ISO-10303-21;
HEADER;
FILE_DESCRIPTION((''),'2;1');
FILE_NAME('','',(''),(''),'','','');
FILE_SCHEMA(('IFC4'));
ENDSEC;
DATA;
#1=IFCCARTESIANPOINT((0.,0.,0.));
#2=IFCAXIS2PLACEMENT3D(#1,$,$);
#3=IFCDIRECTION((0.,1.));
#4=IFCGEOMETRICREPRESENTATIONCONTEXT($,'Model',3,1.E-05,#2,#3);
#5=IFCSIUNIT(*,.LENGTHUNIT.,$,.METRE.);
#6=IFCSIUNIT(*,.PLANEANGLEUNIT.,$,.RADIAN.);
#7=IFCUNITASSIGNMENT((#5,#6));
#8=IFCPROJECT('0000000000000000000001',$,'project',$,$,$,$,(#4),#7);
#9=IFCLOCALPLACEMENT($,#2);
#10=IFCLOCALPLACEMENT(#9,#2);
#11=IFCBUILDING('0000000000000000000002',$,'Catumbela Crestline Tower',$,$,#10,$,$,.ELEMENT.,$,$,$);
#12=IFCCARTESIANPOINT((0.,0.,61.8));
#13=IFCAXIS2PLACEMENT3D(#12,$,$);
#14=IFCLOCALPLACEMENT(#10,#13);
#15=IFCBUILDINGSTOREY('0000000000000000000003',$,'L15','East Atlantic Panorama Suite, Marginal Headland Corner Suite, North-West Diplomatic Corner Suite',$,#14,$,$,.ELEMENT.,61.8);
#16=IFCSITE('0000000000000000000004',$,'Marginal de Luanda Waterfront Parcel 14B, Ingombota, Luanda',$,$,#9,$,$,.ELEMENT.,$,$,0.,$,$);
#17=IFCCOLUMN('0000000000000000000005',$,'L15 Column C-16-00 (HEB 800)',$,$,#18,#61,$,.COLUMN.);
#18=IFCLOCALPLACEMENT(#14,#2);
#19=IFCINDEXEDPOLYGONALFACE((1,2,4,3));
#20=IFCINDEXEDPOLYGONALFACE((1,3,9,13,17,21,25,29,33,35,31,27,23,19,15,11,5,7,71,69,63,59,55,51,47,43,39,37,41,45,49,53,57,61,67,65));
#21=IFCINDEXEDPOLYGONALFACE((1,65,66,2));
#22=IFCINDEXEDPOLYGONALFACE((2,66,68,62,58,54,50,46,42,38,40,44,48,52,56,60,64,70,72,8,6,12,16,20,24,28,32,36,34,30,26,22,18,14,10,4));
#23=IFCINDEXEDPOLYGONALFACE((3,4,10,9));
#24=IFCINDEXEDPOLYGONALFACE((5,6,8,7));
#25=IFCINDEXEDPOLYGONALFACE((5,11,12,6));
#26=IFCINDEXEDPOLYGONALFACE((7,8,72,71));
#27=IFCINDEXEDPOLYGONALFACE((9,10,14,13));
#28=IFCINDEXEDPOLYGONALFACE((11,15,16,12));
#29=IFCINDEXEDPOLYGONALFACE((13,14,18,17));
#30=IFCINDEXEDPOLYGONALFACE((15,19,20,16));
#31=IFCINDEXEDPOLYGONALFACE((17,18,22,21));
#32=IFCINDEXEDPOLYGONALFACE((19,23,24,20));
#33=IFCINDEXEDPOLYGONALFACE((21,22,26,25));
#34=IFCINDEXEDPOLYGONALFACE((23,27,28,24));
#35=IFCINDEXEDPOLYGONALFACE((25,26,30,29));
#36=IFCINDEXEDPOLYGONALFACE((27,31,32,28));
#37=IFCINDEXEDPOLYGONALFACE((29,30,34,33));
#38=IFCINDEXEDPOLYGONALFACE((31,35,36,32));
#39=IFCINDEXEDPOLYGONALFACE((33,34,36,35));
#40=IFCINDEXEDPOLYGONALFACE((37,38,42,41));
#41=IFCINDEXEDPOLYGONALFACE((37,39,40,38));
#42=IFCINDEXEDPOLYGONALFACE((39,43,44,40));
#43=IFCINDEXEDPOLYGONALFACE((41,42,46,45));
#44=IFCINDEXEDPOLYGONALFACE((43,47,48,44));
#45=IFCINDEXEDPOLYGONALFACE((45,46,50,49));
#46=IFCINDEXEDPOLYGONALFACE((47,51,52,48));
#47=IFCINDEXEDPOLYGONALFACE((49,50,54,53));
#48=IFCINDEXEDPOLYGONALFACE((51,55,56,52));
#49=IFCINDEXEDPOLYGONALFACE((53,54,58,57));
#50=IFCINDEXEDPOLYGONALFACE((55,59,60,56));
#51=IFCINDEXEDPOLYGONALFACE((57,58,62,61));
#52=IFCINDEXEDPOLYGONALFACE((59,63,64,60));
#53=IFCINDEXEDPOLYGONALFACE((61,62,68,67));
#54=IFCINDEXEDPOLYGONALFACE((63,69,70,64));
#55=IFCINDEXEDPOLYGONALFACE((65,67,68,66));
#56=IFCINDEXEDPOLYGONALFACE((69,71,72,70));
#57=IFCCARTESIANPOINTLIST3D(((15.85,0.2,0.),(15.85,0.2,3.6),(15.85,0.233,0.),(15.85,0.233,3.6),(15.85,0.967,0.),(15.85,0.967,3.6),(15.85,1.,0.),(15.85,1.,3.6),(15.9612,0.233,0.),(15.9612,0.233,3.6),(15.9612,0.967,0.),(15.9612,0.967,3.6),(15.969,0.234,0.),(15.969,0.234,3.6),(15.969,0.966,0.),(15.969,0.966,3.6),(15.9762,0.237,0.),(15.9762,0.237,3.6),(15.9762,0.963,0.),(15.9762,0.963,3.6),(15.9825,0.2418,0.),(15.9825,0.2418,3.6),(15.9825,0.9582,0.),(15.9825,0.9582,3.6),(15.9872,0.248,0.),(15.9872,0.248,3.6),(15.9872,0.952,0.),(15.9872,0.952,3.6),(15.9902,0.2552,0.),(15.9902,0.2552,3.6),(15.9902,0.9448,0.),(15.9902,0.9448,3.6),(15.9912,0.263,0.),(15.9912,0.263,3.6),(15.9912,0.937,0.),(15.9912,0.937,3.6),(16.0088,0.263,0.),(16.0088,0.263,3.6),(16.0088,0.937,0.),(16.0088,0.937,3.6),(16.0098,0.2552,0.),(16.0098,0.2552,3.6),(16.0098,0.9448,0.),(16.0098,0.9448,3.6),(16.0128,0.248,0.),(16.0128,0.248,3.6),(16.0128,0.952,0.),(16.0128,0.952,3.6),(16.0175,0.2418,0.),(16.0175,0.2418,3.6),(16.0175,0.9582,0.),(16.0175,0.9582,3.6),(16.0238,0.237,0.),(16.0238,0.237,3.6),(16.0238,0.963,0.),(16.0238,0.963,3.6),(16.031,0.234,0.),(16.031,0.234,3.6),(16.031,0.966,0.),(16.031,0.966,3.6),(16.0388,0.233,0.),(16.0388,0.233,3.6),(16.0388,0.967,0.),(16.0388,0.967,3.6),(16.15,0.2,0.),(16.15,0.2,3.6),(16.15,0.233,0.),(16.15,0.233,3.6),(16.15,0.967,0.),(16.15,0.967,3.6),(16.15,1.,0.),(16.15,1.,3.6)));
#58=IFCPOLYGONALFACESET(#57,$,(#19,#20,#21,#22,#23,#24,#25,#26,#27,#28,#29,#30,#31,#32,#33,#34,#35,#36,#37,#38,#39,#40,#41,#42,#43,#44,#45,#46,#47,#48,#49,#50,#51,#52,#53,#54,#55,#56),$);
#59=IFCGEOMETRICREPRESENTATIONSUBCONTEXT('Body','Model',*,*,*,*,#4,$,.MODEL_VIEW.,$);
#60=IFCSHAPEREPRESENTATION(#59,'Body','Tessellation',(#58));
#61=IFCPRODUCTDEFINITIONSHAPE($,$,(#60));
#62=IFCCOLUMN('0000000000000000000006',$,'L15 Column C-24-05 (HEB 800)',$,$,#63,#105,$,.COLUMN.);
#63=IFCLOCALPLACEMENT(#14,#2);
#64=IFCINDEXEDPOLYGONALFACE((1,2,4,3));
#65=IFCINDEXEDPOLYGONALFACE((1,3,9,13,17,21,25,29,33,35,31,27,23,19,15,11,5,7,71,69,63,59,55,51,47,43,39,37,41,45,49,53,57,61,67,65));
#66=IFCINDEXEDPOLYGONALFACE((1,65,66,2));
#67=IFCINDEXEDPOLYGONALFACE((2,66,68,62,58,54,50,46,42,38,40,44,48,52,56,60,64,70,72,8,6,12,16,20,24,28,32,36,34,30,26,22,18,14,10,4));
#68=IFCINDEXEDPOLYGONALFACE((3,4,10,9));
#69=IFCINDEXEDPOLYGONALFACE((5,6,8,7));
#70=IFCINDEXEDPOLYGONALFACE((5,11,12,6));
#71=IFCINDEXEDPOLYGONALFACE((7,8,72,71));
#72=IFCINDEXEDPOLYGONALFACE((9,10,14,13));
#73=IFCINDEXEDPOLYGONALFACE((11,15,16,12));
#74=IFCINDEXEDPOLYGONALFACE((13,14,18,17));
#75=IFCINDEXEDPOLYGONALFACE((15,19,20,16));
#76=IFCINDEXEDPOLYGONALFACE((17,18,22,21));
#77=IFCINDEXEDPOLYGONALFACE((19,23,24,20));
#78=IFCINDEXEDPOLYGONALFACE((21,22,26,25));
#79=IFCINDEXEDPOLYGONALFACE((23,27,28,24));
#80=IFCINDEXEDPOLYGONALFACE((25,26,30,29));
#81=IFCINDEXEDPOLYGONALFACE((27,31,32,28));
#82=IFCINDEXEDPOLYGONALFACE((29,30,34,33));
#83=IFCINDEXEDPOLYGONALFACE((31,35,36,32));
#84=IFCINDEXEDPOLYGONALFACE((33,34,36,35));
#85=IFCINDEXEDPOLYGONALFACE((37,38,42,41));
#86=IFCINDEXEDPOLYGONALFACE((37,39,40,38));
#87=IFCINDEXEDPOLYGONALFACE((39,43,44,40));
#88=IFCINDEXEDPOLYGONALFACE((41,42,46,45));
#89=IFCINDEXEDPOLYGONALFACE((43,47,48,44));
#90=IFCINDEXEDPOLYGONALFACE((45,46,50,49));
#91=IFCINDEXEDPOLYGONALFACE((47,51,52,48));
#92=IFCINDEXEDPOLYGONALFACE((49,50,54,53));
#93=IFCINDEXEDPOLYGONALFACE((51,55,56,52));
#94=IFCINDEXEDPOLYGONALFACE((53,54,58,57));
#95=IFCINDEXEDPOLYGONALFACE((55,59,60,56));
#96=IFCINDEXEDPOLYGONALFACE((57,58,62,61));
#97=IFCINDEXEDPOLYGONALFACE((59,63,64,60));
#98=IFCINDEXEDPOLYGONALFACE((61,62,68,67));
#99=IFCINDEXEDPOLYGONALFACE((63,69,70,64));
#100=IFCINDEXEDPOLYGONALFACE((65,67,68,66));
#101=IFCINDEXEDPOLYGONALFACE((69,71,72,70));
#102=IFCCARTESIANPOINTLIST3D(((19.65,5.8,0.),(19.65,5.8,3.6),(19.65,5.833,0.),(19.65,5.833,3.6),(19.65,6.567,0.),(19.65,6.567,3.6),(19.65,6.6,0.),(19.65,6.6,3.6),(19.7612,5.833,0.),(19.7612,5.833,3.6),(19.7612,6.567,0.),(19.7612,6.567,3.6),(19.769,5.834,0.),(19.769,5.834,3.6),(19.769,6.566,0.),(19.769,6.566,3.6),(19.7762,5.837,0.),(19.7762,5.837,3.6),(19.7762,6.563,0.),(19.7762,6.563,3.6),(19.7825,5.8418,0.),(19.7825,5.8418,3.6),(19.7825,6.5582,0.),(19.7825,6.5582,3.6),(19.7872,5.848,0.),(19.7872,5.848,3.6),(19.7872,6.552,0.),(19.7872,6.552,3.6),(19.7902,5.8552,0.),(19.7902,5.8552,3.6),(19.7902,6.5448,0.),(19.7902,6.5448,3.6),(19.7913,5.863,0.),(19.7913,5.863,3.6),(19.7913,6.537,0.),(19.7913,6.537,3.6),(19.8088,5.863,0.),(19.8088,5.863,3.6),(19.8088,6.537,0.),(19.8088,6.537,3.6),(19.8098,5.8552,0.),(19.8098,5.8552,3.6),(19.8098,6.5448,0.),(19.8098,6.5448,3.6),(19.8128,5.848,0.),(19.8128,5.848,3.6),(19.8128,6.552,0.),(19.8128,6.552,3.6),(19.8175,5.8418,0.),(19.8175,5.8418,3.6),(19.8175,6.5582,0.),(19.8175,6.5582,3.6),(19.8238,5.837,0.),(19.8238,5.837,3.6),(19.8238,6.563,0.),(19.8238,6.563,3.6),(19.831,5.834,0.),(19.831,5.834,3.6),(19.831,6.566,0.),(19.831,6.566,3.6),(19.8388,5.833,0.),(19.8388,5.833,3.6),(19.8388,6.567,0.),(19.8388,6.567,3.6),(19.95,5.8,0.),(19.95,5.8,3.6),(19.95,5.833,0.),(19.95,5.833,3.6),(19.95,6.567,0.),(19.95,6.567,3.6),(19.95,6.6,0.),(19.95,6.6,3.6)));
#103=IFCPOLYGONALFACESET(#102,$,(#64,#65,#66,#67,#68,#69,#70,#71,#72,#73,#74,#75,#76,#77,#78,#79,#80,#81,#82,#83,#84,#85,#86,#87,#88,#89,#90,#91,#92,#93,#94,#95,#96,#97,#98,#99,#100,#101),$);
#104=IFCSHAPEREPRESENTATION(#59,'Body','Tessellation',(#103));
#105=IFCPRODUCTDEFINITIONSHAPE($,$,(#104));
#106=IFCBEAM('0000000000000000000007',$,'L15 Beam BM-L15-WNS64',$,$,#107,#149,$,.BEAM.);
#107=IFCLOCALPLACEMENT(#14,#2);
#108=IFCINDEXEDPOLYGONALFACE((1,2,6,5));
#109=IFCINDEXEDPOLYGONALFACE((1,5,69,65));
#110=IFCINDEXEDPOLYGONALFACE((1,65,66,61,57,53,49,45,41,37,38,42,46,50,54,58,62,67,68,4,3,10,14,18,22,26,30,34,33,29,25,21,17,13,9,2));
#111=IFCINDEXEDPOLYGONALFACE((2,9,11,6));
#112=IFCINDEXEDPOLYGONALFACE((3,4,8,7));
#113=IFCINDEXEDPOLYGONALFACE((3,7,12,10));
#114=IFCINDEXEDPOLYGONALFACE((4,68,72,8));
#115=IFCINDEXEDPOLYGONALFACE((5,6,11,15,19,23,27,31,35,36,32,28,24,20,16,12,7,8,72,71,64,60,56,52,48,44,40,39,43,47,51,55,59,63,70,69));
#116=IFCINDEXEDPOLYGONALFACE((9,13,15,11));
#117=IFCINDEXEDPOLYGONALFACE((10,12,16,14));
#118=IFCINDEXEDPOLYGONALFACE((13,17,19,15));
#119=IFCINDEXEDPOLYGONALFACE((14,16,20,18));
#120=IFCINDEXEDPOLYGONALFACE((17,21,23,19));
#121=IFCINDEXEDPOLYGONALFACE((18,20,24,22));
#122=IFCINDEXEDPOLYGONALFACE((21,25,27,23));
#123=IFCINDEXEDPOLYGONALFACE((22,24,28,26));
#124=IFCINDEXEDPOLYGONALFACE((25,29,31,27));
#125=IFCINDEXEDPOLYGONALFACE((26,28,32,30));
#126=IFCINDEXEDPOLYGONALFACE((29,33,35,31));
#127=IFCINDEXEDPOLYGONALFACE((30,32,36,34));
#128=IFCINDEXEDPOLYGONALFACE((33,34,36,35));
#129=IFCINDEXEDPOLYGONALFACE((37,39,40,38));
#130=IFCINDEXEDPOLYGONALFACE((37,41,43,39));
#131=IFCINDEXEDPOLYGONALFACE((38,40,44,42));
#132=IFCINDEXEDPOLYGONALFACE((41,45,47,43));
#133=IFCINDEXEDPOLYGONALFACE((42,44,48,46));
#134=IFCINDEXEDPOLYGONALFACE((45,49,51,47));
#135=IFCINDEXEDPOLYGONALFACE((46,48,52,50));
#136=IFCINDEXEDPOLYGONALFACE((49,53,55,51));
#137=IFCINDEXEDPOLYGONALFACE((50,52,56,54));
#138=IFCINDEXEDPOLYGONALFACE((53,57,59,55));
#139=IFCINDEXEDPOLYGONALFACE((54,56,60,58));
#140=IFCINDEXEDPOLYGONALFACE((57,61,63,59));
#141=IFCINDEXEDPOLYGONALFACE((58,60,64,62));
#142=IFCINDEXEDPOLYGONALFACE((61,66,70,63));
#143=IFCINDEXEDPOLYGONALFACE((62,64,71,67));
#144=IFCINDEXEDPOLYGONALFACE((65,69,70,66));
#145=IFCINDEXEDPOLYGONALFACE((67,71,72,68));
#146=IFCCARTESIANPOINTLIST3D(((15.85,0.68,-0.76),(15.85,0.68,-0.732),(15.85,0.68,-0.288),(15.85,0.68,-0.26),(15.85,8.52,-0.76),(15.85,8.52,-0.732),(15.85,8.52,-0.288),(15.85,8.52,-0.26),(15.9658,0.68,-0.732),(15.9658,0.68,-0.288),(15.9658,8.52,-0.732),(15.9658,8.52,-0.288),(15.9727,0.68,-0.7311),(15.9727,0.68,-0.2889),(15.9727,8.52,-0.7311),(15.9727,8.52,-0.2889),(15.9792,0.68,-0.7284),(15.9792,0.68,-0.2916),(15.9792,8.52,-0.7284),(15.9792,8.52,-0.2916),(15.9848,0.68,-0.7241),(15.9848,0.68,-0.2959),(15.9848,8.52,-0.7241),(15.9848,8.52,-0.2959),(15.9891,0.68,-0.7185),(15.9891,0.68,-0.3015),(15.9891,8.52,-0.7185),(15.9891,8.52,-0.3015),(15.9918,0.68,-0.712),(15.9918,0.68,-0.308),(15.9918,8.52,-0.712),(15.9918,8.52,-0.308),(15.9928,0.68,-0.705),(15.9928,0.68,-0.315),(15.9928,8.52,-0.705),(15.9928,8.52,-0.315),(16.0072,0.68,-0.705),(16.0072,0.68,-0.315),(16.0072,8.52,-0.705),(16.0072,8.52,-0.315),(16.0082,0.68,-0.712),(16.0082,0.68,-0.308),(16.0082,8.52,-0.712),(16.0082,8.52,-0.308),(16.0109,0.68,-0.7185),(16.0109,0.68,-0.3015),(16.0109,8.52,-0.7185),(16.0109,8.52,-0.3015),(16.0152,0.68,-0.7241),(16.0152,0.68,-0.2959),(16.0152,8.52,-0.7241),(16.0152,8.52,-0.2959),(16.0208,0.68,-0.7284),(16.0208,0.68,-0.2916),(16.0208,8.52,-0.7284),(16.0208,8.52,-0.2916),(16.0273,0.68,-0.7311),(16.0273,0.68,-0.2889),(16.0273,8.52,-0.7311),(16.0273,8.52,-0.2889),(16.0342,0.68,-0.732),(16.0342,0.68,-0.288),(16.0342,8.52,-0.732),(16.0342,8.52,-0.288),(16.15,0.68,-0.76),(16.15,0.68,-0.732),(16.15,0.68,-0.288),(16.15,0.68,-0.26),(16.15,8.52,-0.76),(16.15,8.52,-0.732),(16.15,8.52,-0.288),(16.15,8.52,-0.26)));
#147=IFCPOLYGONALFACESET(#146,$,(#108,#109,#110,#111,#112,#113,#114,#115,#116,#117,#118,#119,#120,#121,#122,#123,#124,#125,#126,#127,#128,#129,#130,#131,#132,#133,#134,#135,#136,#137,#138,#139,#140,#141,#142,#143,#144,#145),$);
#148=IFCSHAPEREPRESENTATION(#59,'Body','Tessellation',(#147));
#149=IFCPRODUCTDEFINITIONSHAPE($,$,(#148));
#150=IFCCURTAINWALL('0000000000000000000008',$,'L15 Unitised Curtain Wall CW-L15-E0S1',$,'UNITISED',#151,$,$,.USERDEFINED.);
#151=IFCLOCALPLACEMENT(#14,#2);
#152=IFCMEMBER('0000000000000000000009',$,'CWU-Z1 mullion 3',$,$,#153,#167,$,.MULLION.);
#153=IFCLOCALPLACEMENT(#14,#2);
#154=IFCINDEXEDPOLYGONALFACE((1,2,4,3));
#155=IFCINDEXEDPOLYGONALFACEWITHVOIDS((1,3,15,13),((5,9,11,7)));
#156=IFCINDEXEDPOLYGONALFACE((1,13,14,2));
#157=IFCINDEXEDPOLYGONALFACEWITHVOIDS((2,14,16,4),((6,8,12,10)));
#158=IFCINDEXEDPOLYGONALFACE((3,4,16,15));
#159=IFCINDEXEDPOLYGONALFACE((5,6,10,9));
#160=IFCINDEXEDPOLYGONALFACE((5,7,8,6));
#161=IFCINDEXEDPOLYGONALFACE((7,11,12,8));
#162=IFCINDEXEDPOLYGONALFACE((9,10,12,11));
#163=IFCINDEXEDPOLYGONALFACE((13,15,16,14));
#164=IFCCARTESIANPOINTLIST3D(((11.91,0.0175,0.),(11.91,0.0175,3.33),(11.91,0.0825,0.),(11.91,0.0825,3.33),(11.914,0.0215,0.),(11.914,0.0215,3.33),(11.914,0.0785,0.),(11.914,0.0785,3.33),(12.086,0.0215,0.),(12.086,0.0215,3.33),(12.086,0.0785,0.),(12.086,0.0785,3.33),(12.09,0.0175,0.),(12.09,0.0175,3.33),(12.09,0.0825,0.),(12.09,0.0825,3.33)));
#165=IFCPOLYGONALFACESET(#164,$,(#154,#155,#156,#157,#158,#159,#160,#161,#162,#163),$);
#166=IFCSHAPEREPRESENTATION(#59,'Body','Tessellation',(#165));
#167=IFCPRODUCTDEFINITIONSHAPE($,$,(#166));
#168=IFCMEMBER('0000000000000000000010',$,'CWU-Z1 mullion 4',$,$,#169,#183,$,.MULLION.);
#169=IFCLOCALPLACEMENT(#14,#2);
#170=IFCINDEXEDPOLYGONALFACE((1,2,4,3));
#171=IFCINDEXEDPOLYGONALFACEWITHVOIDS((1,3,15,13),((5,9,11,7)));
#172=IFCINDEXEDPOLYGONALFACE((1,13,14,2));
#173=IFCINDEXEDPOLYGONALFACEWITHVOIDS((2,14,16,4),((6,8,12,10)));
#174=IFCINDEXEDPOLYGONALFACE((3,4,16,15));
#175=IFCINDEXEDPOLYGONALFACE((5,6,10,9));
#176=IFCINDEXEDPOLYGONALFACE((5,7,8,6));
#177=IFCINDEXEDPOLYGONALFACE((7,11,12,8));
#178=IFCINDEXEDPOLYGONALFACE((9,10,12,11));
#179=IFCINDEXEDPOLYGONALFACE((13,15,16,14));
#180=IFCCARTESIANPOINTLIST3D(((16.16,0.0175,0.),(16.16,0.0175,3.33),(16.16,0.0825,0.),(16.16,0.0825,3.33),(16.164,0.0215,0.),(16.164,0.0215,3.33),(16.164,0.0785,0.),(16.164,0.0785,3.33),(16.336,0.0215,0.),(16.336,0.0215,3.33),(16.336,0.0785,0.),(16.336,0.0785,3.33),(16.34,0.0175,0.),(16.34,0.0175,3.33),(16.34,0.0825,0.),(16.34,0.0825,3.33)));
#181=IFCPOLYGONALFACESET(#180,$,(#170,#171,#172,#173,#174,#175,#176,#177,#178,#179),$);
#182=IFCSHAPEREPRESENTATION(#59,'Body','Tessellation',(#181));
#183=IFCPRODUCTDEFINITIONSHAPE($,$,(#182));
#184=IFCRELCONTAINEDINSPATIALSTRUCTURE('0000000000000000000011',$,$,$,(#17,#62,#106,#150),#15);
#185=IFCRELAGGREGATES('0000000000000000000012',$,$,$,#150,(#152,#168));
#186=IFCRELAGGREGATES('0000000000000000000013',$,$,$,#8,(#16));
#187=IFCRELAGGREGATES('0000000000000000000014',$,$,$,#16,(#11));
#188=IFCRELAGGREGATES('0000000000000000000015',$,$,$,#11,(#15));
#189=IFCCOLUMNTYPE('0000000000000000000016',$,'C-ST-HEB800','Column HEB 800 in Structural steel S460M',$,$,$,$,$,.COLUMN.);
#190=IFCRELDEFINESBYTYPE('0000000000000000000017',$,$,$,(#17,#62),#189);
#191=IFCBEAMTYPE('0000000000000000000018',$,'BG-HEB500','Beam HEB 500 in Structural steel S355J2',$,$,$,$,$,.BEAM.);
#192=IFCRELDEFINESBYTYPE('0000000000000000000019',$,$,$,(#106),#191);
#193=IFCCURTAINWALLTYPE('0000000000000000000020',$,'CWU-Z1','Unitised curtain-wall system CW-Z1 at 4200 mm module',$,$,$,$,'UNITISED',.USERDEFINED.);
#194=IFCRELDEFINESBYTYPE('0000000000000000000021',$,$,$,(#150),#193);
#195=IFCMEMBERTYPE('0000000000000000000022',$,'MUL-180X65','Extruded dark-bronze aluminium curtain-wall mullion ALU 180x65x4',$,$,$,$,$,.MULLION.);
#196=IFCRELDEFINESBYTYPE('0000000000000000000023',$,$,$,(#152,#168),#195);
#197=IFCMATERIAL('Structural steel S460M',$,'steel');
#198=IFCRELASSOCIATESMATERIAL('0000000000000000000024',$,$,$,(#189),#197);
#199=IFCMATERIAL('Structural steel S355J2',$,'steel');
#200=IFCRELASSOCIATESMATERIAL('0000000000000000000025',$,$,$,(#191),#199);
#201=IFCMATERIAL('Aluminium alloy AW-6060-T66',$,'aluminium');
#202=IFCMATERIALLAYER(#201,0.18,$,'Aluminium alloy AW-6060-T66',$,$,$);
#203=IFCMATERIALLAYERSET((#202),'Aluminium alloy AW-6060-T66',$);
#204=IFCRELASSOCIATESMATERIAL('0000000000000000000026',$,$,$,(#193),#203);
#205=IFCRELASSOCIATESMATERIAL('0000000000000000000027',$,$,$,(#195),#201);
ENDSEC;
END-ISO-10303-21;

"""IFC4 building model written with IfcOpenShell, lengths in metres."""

from ifc_helpers import new_model, si_unit, direction, frame, origin, origin_2d, place, context, subcontext, project, spatial, hollow_rectangle, i_section, extrude, material, layer, layer_set, material_profile, profile_set, type_object, element, aggregate, save


model = new_model("IFC4")

# Units and contexts
model_context = context("Model", 3, precision=1e-05, world=origin(), true_north=direction((0.0, 1.0)))
body_context = subcontext(model_context, "Body", "Model", "MODEL_VIEW")
ifc_project = project(units=[si_unit("LENGTHUNIT", "METRE"), si_unit("PLANEANGLEUNIT", "RADIAN")], contexts=[model_context])

# Site, building, storey
site_placement = place(None, origin())
site = spatial("IfcSite", under=ifc_project, at=site_placement, Name="Marginal de Luanda Waterfront Parcel 14B, Ingombota, Luanda", CompositionType="ELEMENT", RefElevation=0.0)
building_placement = place(site_placement, origin())
building = spatial("IfcBuilding", under=site, at=building_placement, Name="Catumbela Crestline Tower", CompositionType="ELEMENT")
storey_placement = place(building_placement, frame((0.0, 0.0, 61.8)))
storey = spatial("IfcBuildingStorey", under=building, at=storey_placement, Name="L15", Description="East Atlantic Panorama Suite, Marginal Headland Corner Suite, North-West Diplomatic Corner Suite", CompositionType="ELEMENT", Elevation=61.8)

# Columns
ifc_material_1 = material(Name="Structural steel S460M", Category="steel")
ifc_material_profile_1 = material_profile(ifc_material_1, i_section(OverallWidth=0.3, OverallDepth=0.8, WebThickness=0.0175, FlangeThickness=0.033, FilletRadius=0.03, at=origin_2d()), Name="HEB 800")
ifc_profile_set_1 = profile_set([ifc_material_profile_1], Name="Structural steel S460M")
column_type = type_object("IfcColumnType", Name="C-ST-HEB800", Description="Column HEB 800 in Structural steel S460M", PredefinedType="COLUMN", material=ifc_profile_set_1)
for number, where, z_axis, x_axis, name in (
    (1, (16.0, 0.6, 0.0), (0.0, 0.0, 1.0), (1.0, 0.0, 0.0), "L15 Column C-16-00 (HEB 800)"),
    (2, (19.8, 6.2, 0.0), (0.0, 0.0, 1.0), (1.0, 0.0, 0.0), "L15 Column C-24-05 (HEB 800)"),
):
    element("IfcColumn", number, at=place(storey_placement, frame(where, z_axis=z_axis, x_axis=x_axis)), inside=storey, type_object=column_type, Name=name, PredefinedType="COLUMN", context=body_context, shape_type="SweptSolid", body=[
        extrude(i_section(OverallWidth=0.3, OverallDepth=0.8, WebThickness=0.0175, FlangeThickness=0.033, FilletRadius=0.03, at=origin_2d()), origin(), (0.0, 0.0, 1.0), 3.6),
    ])

# Beam
ifc_material_2 = material(Name="Structural steel S355J2", Category="steel")
ifc_material_profile_2 = material_profile(ifc_material_2, i_section(OverallWidth=0.3, OverallDepth=0.5, WebThickness=0.0145, FlangeThickness=0.028, FilletRadius=0.027, at=origin_2d()), Name="HEB 500")
ifc_profile_set_2 = profile_set([ifc_material_profile_2], Name="Structural steel S355J2")
beam_type = type_object("IfcBeamType", Name="BG-HEB500", Description="Beam HEB 500 in Structural steel S355J2", PredefinedType="BEAM", material=ifc_profile_set_2)
beam_placement = place(storey_placement, frame((16.0, 0.68, -0.51), z_axis=(0.0, 1.0, 0.0), x_axis=(-1.0, 0.0, 0.0)))
element("IfcBeam", 3, at=beam_placement, inside=storey, type_object=beam_type, Name="L15 Beam BM-L15-WNS64", PredefinedType="BEAM", context=body_context, shape_type="SweptSolid", body=[
    extrude(i_section(OverallWidth=0.3, OverallDepth=0.5, WebThickness=0.0145, FlangeThickness=0.028, FilletRadius=0.027, at=origin_2d()), origin(), (0.0, 0.0, 1.0), 7.84),
])

# Curtain wall, members
ifc_material_3 = material(Name="Aluminium alloy AW-6060-T66", Category="aluminium")
ifc_layer_1 = layer(ifc_material_3, 0.18, Name="Aluminium alloy AW-6060-T66")
ifc_layer_set_1 = layer_set([ifc_layer_1], Name="Aluminium alloy AW-6060-T66")
curtain_wall_type = type_object("IfcCurtainWallType", Name="CWU-Z1", Description="Unitised curtain-wall system CW-Z1 at 4200 mm module", ElementType="UNITISED", PredefinedType="USERDEFINED", material=ifc_layer_set_1)
curtain_wall_placement = place(storey_placement, origin())
curtain_wall = element("IfcCurtainWall", 4, at=curtain_wall_placement, inside=storey, type_object=curtain_wall_type, Name="L15 Unitised Curtain Wall CW-L15-E0S1", ObjectType="UNITISED", PredefinedType="USERDEFINED")
ifc_material_profile_3 = material_profile(ifc_material_3, hollow_rectangle(XDim=0.065, YDim=0.18, WallThickness=0.004, at=origin_2d()), Name="ALU 180x65x4")
ifc_profile_set_3 = profile_set([ifc_material_profile_3], Name="Aluminium alloy AW-6060-T66")
member_type_1 = type_object("IfcMemberType", Name="MUL-180X65", Description="Extruded dark-bronze aluminium curtain-wall mullion ALU 180x65x4", PredefinedType="MULLION", material=ifc_profile_set_3)
member_1_placement = place(storey_placement, frame((12.0, 0.05, 0.0), z_axis=(0.0, 0.0, 1.0), x_axis=(0.0, 1.0, 0.0)))
member_1 = element("IfcMember", 5, at=member_1_placement, type_object=member_type_1, Name="CWU-Z1 mullion 3", PredefinedType="MULLION", context=body_context, shape_type="SweptSolid", body=[
    extrude(hollow_rectangle(XDim=0.065, YDim=0.18, WallThickness=0.004, at=origin_2d()), origin(), (0.0, 0.0, 1.0), 3.33),
])
member_2_placement = place(storey_placement, frame((16.25, 0.05, 0.0), z_axis=(0.0, 0.0, 1.0), x_axis=(0.0, 1.0, 0.0)))
member_2 = element("IfcMember", 6, at=member_2_placement, type_object=member_type_1, Name="CWU-Z1 mullion 4", PredefinedType="MULLION", context=body_context, shape_type="SweptSolid", body=[
    extrude(hollow_rectangle(XDim=0.065, YDim=0.18, WallThickness=0.004, at=origin_2d()), origin(), (0.0, 0.0, 1.0), 3.33),
])
aggregate(curtain_wall, [member_1, member_2])

save(model, "model.ifc")
